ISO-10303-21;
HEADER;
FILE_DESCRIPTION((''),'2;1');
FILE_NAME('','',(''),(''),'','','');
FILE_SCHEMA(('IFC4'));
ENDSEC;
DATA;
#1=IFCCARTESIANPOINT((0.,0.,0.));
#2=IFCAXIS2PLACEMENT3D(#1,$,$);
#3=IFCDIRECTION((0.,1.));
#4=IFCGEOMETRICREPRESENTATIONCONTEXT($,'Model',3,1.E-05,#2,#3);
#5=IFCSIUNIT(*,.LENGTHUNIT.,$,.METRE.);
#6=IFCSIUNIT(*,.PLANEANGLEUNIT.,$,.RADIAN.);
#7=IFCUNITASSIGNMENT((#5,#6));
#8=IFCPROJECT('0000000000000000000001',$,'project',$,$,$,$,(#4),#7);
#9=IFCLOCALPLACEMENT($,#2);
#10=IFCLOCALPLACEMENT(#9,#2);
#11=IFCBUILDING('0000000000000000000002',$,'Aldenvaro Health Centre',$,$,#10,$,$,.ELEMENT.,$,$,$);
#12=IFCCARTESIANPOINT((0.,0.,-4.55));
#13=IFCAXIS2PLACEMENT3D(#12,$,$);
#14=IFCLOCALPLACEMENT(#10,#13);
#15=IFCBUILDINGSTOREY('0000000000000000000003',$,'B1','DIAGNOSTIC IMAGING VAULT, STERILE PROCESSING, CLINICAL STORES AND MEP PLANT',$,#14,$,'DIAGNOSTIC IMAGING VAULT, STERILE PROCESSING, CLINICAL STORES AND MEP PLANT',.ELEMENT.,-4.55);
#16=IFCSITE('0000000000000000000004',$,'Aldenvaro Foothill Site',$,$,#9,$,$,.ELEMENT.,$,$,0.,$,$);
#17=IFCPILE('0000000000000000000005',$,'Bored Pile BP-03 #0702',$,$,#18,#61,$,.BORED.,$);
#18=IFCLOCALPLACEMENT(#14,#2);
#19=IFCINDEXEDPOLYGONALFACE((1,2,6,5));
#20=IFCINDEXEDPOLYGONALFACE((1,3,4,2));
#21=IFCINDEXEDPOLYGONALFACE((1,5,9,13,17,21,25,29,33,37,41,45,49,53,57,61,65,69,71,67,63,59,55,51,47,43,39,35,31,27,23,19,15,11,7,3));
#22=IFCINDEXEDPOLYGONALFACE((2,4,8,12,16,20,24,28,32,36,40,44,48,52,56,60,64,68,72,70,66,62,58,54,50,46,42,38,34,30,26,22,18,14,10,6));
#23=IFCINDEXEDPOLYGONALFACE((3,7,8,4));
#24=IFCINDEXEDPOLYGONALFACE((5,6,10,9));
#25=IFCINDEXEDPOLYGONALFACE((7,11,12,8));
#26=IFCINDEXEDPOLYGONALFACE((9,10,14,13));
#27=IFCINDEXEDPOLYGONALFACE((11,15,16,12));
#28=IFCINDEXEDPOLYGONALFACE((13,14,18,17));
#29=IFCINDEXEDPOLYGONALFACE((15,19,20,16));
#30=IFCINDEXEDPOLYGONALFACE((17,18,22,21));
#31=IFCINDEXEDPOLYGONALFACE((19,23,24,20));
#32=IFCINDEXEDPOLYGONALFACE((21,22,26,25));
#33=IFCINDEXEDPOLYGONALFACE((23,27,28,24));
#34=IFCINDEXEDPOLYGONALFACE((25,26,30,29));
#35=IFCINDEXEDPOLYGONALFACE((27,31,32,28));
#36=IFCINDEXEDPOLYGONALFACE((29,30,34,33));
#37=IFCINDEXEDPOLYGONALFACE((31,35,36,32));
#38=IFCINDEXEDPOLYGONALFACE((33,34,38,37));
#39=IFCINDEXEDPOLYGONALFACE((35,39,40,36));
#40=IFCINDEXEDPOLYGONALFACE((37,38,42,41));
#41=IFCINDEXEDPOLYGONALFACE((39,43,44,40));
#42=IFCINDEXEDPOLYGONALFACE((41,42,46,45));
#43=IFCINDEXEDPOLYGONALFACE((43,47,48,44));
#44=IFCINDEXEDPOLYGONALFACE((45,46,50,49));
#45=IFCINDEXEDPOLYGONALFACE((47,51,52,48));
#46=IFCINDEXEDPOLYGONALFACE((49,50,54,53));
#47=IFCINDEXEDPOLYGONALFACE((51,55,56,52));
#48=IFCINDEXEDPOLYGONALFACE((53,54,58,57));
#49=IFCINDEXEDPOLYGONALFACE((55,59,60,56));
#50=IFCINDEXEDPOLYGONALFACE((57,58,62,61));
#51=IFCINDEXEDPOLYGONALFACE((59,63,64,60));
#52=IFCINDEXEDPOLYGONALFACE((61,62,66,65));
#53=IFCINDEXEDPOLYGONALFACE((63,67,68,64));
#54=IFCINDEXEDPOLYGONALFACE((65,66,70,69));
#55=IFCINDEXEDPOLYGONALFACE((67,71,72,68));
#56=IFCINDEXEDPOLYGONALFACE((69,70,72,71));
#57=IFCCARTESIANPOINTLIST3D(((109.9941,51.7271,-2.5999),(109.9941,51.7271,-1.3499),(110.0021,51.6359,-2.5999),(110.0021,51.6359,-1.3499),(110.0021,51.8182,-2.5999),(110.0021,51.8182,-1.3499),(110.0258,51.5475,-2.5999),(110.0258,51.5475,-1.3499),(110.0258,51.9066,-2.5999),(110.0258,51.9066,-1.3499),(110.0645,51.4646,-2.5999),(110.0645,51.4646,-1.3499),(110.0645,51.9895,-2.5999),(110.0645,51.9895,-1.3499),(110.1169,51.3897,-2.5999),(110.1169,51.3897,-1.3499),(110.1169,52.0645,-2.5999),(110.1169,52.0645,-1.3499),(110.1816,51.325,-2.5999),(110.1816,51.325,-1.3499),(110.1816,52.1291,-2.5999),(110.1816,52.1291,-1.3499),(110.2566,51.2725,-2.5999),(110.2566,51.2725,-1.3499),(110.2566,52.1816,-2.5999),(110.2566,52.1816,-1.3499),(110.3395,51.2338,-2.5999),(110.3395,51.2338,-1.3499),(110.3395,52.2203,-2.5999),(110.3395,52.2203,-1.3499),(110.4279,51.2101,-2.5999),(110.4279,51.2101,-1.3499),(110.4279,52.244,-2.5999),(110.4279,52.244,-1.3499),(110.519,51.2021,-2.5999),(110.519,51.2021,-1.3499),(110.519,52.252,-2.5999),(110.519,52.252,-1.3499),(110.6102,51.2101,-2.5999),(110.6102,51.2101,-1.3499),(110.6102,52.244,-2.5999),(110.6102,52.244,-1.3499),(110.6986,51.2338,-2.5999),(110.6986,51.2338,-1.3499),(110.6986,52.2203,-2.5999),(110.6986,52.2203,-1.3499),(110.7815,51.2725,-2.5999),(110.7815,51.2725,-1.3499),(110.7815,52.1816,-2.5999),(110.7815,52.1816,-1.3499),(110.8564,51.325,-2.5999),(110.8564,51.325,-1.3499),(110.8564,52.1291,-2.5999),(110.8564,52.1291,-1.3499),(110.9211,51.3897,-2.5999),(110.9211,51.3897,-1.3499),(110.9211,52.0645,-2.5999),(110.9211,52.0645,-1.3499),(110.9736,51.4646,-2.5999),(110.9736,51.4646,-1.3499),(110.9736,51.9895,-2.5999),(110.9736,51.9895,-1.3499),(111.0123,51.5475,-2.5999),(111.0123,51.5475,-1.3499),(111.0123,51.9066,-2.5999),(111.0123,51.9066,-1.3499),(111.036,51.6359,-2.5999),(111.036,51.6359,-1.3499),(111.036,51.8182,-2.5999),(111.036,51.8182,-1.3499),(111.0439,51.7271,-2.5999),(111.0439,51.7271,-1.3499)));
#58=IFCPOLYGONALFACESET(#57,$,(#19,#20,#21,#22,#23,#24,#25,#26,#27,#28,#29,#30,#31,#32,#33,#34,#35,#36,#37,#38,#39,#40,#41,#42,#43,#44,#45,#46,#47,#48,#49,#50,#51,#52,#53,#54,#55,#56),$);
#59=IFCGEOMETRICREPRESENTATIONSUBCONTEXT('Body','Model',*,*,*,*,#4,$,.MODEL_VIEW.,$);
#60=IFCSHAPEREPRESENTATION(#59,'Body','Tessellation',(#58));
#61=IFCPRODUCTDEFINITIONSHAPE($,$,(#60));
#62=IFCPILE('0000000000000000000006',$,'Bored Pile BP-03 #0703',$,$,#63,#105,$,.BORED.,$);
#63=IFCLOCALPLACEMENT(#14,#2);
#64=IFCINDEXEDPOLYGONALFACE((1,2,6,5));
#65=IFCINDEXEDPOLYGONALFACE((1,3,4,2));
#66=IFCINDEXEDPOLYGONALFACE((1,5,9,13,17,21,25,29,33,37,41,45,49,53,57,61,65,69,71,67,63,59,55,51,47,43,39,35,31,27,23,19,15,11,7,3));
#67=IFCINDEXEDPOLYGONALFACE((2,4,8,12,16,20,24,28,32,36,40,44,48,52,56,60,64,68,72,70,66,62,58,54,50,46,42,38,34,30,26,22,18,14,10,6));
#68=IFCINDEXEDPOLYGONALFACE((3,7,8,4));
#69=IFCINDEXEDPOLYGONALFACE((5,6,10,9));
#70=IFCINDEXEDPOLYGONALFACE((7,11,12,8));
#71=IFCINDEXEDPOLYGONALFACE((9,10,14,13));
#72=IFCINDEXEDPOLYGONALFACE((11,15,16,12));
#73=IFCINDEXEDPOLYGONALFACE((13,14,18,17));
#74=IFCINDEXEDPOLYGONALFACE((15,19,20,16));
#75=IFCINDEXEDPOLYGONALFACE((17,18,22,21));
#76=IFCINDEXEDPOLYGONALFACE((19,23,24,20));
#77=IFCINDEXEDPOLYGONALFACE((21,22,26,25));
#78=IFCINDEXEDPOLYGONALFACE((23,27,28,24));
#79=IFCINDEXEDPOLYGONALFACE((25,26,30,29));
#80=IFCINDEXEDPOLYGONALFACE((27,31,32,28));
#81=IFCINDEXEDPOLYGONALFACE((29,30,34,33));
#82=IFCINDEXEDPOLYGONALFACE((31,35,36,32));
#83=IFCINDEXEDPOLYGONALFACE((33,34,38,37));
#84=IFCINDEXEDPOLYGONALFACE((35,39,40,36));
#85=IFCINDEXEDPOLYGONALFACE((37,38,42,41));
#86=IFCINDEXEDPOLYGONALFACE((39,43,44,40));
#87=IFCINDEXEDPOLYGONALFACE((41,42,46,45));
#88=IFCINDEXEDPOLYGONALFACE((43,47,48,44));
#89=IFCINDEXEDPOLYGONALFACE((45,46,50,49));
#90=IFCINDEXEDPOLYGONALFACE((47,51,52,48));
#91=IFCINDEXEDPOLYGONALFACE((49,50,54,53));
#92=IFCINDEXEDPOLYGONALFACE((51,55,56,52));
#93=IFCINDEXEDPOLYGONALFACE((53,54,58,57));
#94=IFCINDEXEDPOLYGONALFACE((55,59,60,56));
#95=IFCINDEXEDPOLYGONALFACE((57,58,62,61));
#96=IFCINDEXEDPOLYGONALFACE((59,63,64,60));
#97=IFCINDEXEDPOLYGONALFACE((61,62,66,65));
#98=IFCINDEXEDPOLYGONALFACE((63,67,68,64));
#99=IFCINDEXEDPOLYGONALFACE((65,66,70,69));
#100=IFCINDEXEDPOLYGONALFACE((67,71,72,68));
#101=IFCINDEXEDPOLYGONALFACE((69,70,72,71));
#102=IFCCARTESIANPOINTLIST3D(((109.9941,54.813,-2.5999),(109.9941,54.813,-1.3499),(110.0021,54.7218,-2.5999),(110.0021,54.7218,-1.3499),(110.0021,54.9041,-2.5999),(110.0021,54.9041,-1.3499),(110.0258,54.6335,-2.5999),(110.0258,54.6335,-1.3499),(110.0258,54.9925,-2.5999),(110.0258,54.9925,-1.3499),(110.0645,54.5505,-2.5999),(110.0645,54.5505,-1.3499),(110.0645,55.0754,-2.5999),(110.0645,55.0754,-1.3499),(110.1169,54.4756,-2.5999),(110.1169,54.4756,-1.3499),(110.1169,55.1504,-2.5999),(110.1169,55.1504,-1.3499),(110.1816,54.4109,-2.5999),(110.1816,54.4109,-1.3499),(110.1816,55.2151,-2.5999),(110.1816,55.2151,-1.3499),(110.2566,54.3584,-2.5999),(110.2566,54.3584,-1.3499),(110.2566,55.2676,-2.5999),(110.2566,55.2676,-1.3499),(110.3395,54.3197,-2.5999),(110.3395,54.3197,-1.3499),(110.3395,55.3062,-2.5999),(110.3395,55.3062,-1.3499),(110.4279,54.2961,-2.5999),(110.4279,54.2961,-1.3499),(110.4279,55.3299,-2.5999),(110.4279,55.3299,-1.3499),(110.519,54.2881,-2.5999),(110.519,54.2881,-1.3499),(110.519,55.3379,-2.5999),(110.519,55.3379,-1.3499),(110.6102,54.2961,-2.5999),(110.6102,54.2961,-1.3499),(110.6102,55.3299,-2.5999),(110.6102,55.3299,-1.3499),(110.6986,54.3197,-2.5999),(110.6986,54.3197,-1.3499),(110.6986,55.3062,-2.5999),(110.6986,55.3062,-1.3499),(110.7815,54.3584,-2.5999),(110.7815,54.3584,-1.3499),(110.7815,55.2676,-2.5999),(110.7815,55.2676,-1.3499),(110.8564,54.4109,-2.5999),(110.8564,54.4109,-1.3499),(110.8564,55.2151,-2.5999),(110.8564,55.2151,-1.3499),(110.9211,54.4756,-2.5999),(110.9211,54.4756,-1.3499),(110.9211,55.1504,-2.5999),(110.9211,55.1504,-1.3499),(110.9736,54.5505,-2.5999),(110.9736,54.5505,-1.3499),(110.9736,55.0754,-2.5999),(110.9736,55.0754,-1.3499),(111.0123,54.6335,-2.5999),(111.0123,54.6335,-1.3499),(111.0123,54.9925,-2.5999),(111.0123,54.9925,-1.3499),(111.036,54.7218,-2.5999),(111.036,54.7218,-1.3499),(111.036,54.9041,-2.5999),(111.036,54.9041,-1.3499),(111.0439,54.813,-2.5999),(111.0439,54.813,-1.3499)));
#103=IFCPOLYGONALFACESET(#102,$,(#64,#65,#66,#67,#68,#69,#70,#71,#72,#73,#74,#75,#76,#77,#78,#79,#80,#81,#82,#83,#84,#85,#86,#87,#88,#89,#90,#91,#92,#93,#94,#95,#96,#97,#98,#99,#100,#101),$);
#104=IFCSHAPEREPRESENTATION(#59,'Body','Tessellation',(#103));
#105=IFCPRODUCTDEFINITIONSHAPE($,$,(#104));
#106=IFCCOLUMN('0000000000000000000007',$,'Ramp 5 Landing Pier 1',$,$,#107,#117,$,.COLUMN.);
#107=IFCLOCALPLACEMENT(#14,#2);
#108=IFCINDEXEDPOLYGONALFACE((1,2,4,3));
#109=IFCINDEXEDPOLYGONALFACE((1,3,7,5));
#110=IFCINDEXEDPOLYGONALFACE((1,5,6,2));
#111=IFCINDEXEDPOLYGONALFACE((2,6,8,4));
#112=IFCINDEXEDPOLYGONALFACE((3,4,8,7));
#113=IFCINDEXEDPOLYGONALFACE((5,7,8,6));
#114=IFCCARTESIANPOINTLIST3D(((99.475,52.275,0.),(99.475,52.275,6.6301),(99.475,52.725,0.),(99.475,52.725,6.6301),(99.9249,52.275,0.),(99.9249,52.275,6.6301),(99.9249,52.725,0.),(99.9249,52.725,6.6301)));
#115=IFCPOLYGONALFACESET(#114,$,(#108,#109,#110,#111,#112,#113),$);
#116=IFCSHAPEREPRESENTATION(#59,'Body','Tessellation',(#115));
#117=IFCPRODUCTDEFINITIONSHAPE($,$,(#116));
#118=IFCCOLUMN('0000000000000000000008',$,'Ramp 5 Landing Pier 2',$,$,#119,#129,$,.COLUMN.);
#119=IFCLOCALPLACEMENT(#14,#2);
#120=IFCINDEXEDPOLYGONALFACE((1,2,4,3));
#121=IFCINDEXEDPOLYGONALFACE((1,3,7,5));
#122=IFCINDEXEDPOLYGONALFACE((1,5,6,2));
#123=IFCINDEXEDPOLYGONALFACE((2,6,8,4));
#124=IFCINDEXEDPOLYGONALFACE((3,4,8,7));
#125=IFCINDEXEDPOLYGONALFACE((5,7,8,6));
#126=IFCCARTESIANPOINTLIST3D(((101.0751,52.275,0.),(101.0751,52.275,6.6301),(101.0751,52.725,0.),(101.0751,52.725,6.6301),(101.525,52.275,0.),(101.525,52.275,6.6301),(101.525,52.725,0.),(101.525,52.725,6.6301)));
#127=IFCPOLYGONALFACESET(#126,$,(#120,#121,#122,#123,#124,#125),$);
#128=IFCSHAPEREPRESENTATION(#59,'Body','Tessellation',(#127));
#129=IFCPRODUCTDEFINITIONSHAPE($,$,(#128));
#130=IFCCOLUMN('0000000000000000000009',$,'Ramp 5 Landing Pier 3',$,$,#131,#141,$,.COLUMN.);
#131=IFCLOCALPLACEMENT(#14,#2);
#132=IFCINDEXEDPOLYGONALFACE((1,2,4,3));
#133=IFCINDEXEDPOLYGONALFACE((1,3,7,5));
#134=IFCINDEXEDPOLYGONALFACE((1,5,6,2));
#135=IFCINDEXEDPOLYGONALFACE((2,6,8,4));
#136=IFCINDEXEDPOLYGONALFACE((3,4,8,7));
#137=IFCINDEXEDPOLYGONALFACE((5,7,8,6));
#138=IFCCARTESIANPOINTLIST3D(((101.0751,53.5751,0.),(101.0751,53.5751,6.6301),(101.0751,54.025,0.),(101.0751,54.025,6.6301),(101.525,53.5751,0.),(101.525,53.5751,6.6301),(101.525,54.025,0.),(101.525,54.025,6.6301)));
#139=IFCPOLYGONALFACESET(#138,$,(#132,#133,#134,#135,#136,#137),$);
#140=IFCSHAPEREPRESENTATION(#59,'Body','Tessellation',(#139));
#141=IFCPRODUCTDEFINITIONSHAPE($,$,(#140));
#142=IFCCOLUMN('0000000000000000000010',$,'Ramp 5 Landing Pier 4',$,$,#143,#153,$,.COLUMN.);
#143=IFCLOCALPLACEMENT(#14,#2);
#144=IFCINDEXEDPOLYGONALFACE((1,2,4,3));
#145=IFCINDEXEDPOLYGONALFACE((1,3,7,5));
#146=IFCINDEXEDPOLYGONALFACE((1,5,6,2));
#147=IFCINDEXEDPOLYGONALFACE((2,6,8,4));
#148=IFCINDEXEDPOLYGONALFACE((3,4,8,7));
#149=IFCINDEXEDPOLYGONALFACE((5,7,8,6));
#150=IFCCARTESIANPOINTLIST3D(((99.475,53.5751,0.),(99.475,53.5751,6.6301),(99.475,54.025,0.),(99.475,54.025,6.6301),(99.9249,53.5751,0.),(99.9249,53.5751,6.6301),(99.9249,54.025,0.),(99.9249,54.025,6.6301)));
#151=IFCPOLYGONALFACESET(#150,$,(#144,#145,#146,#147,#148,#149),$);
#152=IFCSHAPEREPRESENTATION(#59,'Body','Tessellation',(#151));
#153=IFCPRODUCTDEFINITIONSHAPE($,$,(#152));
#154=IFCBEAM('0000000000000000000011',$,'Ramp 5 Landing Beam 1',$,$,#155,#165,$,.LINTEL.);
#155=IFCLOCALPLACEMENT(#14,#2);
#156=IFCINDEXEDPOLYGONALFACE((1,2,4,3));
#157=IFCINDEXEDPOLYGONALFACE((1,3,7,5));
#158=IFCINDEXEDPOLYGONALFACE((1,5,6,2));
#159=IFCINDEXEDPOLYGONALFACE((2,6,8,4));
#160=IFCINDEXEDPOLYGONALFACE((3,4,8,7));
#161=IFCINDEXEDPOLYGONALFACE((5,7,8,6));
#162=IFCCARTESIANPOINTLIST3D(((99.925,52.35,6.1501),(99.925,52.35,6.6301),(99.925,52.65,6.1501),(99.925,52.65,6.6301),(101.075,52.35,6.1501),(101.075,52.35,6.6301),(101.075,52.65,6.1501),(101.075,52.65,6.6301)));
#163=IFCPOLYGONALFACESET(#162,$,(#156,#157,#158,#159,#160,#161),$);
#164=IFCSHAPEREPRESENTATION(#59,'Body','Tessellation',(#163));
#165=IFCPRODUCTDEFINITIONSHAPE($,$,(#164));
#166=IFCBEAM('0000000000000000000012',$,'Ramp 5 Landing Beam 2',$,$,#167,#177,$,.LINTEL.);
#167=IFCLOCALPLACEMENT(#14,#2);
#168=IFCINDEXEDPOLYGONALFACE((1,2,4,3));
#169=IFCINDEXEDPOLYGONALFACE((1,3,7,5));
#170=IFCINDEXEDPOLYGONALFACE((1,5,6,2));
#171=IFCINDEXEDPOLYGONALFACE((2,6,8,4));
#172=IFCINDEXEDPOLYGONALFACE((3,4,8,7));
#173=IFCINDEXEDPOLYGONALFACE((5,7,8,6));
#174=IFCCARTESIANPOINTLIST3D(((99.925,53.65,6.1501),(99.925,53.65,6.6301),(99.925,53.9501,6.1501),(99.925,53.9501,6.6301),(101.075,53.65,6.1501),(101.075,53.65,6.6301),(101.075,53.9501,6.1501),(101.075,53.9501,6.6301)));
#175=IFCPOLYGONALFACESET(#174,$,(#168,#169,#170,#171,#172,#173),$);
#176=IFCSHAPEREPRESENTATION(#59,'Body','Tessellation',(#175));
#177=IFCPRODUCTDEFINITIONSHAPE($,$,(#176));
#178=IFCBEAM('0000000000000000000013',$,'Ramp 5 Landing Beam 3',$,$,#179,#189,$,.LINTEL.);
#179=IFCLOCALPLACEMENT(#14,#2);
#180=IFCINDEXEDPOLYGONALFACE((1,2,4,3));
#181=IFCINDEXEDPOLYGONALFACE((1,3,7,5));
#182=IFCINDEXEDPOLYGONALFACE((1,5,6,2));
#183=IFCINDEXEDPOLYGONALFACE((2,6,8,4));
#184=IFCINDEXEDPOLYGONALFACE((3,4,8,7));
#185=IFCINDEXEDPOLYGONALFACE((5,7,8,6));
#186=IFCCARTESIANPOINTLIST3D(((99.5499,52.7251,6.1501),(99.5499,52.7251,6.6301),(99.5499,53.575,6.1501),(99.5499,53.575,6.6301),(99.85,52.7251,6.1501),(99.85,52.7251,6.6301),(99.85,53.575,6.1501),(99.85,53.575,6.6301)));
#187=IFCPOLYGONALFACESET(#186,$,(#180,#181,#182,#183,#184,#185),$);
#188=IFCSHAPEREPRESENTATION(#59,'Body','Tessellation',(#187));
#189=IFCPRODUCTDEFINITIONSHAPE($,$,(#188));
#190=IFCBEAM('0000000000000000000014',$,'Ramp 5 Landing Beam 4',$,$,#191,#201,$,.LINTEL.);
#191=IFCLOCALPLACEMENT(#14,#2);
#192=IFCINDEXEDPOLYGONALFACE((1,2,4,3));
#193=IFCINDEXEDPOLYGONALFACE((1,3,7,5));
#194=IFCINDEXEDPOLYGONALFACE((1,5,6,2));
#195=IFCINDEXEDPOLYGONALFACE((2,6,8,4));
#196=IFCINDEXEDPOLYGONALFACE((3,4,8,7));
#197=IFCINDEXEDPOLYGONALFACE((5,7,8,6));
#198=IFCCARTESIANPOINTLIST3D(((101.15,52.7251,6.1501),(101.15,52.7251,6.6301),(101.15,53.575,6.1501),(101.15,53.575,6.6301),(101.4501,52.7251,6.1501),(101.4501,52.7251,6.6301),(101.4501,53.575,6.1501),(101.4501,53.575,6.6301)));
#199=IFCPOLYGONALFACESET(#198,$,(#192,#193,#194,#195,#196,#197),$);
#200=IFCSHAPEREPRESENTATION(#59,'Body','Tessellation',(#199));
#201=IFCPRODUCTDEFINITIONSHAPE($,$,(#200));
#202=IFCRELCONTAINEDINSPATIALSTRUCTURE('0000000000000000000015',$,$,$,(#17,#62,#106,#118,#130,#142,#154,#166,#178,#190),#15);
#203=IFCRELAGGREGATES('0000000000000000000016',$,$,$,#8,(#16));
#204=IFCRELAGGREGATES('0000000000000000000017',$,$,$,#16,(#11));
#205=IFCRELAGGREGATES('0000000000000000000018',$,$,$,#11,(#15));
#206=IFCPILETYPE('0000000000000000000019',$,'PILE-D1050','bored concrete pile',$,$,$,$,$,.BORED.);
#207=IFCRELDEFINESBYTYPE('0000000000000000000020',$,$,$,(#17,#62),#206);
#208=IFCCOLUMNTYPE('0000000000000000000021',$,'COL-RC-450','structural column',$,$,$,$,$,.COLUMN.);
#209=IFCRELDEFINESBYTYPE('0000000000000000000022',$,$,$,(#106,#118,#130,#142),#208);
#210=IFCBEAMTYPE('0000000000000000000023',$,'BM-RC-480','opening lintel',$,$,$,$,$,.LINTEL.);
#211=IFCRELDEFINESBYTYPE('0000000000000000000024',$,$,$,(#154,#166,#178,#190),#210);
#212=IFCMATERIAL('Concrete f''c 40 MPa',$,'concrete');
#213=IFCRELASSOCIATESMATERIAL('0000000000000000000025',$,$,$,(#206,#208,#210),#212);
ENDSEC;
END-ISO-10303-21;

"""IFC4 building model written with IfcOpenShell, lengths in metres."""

from ifc_helpers import new_model, si_unit, direction, frame, origin, origin_2d, place, context, subcontext, project, spatial, rectangle, circle, extrude, material, material_profile, profile_set, type_object, element, save


model = new_model("IFC4")

# Units and contexts
model_context = context("Model", 3, precision=1e-05, world=origin(), true_north=direction((0.0, 1.0)))
body_context = subcontext(model_context, "Body", "Model", "MODEL_VIEW")
ifc_project = project(units=[si_unit("LENGTHUNIT", "METRE"), si_unit("PLANEANGLEUNIT", "RADIAN")], contexts=[model_context])

# Site, building, storey
site_placement = place(None, origin())
site = spatial("IfcSite", under=ifc_project, at=site_placement, Name="Aldenvaro Foothill Site", CompositionType="ELEMENT", RefElevation=0.0)
building_placement = place(site_placement, origin())
building = spatial("IfcBuilding", under=site, at=building_placement, Name="Aldenvaro Health Centre", CompositionType="ELEMENT")
storey_placement = place(building_placement, frame((0.0, 0.0, -4.55)))
storey = spatial("IfcBuildingStorey", under=building, at=storey_placement, Name="B1", Description="DIAGNOSTIC IMAGING VAULT, STERILE PROCESSING, CLINICAL STORES AND MEP PLANT", LongName="DIAGNOSTIC IMAGING VAULT, STERILE PROCESSING, CLINICAL STORES AND MEP PLANT", CompositionType="ELEMENT", Elevation=-4.55)

# Piles
ifc_material = material(Name="Concrete f'c 40 MPa", Category="concrete")
ifc_material_profile_1 = material_profile(ifc_material, circle(Radius=0.5249, at=origin_2d()), Name="PILE D1050", Category="concrete")
ifc_profile_set_1 = profile_set([ifc_material_profile_1], Name="Concrete f'c 40 MPa")
pile_type = type_object("IfcPileType", Name="PILE-D1050", Description="bored concrete pile", PredefinedType="BORED", material=ifc_profile_set_1)
for number, where, z_axis, x_axis, name in (
    (1, (110.519, 51.7271, -1.3499), (0.0, 0.0, -1.0), (1.0, 0.0, 0.0), "Bored Pile BP-03 #0702"),
    (2, (110.519, 54.813, -1.3499), (0.0, 0.0, -1.0), (1.0, 0.0, 0.0), "Bored Pile BP-03 #0703"),
):
    element("IfcPile", number, at=place(storey_placement, frame(where, z_axis=z_axis, x_axis=x_axis)), inside=storey, type_object=pile_type, Name=name, PredefinedType="BORED", context=body_context, shape_type="SweptSolid", body=[
        extrude(circle(Radius=0.5249, at=origin_2d()), origin(), (0.0, 0.0, 1.0), 1.25),
    ])

# Columns
ifc_material_profile_2 = material_profile(ifc_material, rectangle(XDim=0.45, YDim=0.45, at=origin_2d()), Name="RC 450x450", Category="concrete")
ifc_profile_set_2 = profile_set([ifc_material_profile_2], Name="Concrete f'c 40 MPa")
column_type = type_object("IfcColumnType", Name="COL-RC-450", Description="structural column", PredefinedType="COLUMN", material=ifc_profile_set_2)
for number, where, z_axis, x_axis, name in (
    (3, (99.7, 52.5, 0.0), (0.0, 0.0, 1.0), (1.0, 0.0, 0.0), "Ramp 5 Landing Pier 1"),
    (4, (101.3, 52.5, 0.0), (0.0, 0.0, 1.0), (1.0, 0.0, 0.0), "Ramp 5 Landing Pier 2"),
    (5, (101.3, 53.8, 0.0), (0.0, 0.0, 1.0), (1.0, 0.0, 0.0), "Ramp 5 Landing Pier 3"),
    (6, (99.7, 53.8, 0.0), (0.0, 0.0, 1.0), (1.0, 0.0, 0.0), "Ramp 5 Landing Pier 4"),
):
    element("IfcColumn", number, at=place(storey_placement, frame(where, z_axis=z_axis, x_axis=x_axis)), inside=storey, type_object=column_type, Name=name, PredefinedType="COLUMN", context=body_context, shape_type="SweptSolid", body=[
        extrude(rectangle(XDim=0.45, YDim=0.45, at=origin_2d()), origin(), (0.0, 0.0, 1.0), 6.6301),
    ])

# Beams
ifc_material_profile_3 = material_profile(ifc_material, rectangle(XDim=0.3, YDim=0.48, at=origin_2d()), Name="RC 300x480", Category="concrete")
ifc_profile_set_3 = profile_set([ifc_material_profile_3], Name="Concrete f'c 40 MPa")
beam_type = type_object("IfcBeamType", Name="BM-RC-480", Description="opening lintel", PredefinedType="LINTEL", material=ifc_profile_set_3)
for number, where, z_axis, x_axis, name in (
    (7, (99.925, 52.5, 6.3901), (1.0, 0.0, 0.0), (0.0, 1.0, 0.0), "Ramp 5 Landing Beam 1"),
    (8, (101.075, 53.8, 6.3901), (-1.0, 0.0, 0.0), (0.0, -1.0, 0.0), "Ramp 5 Landing Beam 2"),
):
    element("IfcBeam", number, at=place(storey_placement, frame(where, z_axis=z_axis, x_axis=x_axis)), inside=storey, type_object=beam_type, Name=name, PredefinedType="LINTEL", context=body_context, shape_type="SweptSolid", body=[
        extrude(rectangle(XDim=0.3, YDim=0.48, at=origin_2d()), origin(), (0.0, 0.0, 1.0), 1.1499),
    ])
for number, where, z_axis, x_axis, name in (
    (9, (99.7, 52.7251, 6.3901), (0.0, 1.0, 0.0), (-1.0, 0.0, 0.0), "Ramp 5 Landing Beam 3"),
    (10, (101.3, 52.7251, 6.3901), (0.0, 1.0, 0.0), (-1.0, 0.0, 0.0), "Ramp 5 Landing Beam 4"),
):
    element("IfcBeam", number, at=place(storey_placement, frame(where, z_axis=z_axis, x_axis=x_axis)), inside=storey, type_object=beam_type, Name=name, PredefinedType="LINTEL", context=body_context, shape_type="SweptSolid", body=[
        extrude(rectangle(XDim=0.3, YDim=0.48, at=origin_2d()), origin(), (0.0, 0.0, 1.0), 0.8499),
    ])

save(model, "model.ifc")
